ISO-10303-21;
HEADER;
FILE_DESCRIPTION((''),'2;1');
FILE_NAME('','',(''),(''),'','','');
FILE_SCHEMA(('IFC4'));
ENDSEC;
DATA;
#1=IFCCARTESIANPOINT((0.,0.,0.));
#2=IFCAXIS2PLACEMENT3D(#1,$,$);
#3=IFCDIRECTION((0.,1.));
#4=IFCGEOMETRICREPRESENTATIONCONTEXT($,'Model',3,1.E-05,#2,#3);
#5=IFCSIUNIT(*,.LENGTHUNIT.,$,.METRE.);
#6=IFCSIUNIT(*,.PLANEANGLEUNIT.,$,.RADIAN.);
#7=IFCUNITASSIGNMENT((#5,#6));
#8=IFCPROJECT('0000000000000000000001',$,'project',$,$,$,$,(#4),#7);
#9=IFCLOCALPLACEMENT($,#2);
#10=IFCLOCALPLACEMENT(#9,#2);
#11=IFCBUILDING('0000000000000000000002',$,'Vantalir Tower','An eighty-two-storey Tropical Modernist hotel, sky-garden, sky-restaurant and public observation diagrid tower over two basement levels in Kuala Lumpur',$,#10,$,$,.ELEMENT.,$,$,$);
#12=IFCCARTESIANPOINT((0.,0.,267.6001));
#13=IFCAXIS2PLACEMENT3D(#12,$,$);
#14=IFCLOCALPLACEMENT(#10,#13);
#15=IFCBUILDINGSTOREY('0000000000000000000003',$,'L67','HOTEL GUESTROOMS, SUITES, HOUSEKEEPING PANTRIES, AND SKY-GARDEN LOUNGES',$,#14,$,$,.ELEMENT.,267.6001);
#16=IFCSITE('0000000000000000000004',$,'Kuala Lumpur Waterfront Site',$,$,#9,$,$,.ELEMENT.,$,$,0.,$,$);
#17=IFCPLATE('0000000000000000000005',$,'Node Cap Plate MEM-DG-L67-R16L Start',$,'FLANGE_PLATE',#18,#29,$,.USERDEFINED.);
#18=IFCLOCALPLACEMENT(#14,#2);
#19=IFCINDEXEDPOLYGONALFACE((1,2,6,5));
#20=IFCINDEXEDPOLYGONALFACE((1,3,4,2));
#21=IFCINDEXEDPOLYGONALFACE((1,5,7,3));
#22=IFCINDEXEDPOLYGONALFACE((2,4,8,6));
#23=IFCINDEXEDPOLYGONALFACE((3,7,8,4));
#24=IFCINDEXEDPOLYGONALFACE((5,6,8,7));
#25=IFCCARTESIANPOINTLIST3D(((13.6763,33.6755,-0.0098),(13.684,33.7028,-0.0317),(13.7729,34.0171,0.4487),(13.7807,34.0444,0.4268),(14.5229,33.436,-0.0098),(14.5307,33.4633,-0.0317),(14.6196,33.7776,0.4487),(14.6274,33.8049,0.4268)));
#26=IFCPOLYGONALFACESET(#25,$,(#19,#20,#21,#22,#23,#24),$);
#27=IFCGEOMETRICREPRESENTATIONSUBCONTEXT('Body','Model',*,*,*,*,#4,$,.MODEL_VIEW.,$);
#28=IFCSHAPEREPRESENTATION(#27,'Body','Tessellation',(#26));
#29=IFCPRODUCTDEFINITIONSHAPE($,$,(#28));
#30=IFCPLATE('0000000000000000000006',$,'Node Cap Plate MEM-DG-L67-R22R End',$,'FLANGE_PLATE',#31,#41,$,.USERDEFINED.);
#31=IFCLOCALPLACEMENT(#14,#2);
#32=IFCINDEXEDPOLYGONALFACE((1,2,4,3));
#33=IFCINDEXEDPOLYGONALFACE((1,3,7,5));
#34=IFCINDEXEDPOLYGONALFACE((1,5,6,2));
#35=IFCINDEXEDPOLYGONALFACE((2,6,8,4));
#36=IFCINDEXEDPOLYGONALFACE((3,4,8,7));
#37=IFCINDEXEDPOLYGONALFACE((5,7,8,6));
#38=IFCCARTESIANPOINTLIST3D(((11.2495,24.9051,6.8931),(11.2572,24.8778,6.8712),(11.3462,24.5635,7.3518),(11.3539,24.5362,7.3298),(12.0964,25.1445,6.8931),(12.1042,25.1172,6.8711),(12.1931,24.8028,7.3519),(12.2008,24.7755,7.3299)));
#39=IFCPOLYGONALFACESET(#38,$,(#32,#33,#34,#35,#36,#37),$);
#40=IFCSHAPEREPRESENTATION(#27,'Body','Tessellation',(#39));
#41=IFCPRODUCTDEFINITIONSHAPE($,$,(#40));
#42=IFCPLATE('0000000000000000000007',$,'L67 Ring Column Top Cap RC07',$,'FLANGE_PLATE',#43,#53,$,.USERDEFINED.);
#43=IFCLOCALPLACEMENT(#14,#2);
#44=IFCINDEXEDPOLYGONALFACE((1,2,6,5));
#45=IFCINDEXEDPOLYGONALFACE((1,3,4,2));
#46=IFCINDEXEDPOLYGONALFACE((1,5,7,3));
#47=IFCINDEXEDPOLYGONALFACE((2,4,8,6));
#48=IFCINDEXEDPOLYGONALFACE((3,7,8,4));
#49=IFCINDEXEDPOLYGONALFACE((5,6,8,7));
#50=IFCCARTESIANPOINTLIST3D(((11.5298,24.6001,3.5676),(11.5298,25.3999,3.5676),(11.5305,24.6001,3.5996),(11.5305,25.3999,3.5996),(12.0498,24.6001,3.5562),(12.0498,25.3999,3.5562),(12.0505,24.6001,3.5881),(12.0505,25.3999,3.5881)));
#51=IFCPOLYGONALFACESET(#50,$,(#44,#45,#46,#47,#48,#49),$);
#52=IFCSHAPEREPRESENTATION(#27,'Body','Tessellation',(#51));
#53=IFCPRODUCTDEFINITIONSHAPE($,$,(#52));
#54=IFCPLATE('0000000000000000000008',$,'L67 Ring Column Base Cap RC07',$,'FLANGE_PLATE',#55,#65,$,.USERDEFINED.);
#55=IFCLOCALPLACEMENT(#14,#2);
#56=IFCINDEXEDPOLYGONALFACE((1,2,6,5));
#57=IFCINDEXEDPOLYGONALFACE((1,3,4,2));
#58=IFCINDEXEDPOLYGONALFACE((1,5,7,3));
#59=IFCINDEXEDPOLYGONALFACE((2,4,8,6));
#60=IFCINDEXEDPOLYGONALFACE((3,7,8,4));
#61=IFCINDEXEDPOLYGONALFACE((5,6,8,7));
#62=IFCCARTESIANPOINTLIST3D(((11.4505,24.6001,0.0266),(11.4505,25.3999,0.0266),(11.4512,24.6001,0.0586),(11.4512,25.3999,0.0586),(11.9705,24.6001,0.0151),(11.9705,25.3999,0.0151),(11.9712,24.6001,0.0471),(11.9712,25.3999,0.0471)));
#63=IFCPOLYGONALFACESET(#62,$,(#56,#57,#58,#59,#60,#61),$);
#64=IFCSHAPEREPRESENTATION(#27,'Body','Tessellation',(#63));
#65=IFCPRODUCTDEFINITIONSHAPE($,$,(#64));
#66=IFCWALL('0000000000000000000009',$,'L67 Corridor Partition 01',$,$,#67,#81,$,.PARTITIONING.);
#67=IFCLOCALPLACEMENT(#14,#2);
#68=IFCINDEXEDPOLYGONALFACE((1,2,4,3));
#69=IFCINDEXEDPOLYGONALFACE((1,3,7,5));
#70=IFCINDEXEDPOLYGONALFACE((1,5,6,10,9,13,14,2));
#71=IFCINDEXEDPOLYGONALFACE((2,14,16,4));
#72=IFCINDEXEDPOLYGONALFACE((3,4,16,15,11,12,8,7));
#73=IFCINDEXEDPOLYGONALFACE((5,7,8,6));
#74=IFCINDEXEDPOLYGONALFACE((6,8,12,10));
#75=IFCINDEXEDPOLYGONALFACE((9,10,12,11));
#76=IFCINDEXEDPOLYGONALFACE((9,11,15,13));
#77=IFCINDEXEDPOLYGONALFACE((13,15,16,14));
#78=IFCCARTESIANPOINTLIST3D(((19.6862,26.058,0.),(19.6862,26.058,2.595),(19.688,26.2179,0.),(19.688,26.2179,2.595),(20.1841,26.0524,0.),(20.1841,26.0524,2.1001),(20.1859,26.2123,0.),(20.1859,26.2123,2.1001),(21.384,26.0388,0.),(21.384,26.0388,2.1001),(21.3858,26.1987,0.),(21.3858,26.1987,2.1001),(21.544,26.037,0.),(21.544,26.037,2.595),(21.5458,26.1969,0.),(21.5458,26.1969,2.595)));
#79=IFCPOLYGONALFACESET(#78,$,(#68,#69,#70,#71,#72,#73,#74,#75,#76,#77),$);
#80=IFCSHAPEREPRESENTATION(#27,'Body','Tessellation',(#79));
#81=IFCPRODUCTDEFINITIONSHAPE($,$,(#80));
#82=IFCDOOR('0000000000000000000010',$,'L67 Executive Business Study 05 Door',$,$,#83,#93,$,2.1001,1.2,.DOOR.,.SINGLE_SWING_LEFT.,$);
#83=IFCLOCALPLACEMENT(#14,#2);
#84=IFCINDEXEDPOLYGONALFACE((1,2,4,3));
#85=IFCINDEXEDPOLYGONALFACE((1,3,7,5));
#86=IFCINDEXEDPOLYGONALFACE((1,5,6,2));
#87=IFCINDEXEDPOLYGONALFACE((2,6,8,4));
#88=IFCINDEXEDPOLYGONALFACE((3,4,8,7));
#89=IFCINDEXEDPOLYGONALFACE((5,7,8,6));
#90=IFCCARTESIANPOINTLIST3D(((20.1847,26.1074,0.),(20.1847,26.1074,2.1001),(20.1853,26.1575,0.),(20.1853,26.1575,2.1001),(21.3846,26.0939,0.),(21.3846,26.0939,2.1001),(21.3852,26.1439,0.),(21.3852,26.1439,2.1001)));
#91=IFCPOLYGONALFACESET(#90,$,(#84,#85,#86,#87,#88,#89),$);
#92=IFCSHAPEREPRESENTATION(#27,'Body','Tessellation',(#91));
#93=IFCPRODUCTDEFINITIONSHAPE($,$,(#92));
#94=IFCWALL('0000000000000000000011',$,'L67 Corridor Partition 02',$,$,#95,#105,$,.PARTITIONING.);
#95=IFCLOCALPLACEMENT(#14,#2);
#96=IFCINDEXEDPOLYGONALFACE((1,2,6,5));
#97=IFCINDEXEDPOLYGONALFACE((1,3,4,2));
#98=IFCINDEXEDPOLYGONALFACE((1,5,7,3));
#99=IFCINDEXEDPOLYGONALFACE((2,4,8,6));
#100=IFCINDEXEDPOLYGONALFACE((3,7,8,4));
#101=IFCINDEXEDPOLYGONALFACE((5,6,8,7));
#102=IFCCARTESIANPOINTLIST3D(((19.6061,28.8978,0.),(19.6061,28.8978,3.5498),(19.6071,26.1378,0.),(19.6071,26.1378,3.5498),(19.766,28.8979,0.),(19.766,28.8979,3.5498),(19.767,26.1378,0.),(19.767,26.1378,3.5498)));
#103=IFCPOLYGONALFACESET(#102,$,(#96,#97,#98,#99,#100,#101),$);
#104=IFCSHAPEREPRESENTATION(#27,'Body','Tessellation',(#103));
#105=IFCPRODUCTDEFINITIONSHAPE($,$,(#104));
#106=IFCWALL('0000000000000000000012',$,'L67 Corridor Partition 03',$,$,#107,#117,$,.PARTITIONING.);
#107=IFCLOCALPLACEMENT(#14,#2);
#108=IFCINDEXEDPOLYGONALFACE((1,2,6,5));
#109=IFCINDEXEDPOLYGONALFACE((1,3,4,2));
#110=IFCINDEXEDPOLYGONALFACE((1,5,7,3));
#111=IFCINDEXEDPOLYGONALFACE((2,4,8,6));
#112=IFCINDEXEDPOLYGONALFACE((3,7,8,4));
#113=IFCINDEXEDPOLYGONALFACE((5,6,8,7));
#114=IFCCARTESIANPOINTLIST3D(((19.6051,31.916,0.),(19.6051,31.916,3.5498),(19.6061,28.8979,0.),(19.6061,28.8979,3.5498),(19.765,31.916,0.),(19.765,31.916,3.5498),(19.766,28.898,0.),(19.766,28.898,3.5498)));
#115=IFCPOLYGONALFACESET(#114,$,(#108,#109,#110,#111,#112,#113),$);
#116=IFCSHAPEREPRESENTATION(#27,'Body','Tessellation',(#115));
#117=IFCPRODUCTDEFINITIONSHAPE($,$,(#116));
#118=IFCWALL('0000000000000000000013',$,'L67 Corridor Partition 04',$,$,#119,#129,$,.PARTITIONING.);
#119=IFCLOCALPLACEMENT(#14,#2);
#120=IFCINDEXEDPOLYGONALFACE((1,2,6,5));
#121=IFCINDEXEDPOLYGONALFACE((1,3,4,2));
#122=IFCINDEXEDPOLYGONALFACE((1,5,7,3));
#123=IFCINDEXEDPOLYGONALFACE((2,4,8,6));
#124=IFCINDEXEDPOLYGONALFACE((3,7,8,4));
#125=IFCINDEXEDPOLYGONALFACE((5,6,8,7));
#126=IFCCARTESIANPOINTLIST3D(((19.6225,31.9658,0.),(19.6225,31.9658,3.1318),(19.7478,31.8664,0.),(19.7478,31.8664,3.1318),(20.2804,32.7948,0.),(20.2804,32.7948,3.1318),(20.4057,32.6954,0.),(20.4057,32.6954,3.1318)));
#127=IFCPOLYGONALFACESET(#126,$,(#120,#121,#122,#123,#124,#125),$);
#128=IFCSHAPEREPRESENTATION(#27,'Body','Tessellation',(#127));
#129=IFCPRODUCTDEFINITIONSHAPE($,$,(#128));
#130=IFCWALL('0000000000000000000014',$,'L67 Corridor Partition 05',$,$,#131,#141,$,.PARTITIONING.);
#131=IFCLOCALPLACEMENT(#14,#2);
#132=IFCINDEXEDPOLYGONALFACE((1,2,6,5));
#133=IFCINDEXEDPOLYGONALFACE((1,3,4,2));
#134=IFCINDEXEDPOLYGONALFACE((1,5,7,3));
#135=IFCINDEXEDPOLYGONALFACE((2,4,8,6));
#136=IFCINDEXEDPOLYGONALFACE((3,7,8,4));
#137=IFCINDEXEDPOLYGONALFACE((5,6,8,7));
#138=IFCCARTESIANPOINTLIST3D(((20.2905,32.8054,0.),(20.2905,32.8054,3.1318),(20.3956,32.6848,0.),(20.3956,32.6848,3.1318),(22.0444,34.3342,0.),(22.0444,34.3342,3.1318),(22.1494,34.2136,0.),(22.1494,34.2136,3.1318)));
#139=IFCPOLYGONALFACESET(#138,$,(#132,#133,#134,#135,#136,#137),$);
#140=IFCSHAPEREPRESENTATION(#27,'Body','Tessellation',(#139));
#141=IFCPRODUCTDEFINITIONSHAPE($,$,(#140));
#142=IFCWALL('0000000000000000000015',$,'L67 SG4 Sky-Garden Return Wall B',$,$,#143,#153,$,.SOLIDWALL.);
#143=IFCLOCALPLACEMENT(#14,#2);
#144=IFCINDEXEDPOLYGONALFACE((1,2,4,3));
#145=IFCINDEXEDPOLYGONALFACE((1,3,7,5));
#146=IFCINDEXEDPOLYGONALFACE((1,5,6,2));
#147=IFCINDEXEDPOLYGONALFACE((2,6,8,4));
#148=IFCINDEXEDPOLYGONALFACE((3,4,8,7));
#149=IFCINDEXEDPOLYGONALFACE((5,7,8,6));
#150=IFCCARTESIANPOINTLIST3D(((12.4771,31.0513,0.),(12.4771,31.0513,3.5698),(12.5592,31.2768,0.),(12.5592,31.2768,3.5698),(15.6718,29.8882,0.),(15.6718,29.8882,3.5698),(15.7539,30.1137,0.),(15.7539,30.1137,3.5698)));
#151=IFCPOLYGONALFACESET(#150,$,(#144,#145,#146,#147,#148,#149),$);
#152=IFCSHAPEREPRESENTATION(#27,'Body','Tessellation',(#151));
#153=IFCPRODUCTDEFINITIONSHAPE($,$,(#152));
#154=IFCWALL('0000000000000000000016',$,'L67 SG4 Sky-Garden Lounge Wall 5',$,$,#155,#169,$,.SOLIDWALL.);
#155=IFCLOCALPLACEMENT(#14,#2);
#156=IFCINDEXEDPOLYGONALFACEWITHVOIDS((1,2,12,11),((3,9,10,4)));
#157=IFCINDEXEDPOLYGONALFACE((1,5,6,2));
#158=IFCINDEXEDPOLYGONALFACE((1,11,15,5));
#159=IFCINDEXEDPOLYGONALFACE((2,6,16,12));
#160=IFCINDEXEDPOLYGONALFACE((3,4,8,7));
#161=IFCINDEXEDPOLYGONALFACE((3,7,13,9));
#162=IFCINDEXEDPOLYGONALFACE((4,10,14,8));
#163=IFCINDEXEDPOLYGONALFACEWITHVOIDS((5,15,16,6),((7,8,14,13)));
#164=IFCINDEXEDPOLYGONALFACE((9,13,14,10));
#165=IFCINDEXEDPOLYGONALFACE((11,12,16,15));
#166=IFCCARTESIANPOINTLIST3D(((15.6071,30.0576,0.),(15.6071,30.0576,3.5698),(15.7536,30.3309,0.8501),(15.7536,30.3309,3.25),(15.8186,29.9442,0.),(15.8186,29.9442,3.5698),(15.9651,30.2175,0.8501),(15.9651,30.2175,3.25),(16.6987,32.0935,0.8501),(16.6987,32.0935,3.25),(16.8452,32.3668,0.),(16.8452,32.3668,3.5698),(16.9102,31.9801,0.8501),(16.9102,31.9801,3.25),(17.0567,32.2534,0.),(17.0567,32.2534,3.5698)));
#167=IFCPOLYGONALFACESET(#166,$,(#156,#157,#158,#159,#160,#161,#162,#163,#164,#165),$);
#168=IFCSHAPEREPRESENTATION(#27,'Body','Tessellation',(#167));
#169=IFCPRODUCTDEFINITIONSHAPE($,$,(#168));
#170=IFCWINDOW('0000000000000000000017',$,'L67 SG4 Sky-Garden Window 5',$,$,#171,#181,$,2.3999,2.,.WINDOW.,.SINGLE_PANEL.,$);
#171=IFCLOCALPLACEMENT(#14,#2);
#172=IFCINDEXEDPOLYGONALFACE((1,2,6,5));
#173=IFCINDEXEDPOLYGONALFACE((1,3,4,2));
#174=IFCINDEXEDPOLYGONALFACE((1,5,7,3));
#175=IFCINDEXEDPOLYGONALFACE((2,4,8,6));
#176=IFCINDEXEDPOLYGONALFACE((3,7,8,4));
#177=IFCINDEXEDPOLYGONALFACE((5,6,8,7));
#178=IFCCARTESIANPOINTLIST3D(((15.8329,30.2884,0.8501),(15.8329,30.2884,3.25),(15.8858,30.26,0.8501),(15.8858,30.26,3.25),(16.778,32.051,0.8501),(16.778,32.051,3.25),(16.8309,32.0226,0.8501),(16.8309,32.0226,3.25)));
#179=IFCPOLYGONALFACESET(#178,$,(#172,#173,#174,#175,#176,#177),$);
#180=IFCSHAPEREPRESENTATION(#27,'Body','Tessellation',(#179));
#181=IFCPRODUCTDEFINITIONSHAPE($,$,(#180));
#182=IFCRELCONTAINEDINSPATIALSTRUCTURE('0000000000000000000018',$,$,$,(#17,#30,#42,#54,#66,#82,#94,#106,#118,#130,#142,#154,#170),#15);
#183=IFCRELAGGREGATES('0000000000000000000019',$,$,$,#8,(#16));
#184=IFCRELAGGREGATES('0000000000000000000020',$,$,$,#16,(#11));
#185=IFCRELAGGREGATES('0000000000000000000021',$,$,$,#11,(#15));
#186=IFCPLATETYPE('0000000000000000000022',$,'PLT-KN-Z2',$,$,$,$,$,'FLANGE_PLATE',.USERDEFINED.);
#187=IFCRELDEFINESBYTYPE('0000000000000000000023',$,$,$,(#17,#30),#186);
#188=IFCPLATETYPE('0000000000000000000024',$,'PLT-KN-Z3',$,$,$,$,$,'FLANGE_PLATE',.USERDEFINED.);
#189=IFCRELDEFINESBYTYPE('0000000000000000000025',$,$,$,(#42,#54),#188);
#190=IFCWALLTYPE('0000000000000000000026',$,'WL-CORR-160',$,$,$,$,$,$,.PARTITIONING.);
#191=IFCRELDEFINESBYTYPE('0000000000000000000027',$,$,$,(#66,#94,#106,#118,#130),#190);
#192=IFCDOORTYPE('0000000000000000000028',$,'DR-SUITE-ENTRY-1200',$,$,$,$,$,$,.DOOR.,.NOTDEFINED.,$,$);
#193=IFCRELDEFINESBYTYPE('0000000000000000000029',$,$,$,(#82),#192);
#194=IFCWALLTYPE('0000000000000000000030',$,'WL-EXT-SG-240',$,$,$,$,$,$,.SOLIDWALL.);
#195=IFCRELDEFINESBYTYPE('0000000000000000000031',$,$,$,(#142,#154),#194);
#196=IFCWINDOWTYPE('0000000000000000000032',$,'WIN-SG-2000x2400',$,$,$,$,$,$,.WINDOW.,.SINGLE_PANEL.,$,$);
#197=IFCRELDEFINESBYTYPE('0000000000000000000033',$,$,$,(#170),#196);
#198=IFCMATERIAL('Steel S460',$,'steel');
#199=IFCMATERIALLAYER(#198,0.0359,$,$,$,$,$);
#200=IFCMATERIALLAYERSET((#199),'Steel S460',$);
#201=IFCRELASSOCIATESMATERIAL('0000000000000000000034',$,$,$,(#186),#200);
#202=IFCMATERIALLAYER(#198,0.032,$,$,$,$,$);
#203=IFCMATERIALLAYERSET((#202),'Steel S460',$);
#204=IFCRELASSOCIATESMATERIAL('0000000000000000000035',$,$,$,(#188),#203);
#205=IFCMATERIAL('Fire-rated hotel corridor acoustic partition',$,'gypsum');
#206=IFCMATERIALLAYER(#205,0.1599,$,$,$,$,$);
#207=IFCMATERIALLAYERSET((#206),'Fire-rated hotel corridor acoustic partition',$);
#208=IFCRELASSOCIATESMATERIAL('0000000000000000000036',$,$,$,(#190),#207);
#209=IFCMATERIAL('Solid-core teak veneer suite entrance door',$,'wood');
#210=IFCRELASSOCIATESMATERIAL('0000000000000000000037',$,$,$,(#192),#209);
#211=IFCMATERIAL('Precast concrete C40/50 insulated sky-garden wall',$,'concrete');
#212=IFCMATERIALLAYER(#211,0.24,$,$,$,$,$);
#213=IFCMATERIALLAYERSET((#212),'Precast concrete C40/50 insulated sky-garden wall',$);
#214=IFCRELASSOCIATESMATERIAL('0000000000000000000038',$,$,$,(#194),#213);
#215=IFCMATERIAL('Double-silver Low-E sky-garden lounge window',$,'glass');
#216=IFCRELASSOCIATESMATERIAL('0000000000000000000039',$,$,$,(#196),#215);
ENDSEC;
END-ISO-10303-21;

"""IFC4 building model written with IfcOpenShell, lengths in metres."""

from ifc_helpers import new_model, si_unit, direction, frame, frame_2d, origin, place, context, subcontext, project, spatial, polyline, rectangle, outline, extrude, material, layer, layer_set, type_object, element, fill, save


model = new_model("IFC4")

# Units and contexts
model_context = context("Model", 3, precision=1e-05, world=origin(), true_north=direction((0.0, 1.0)))
body_context = subcontext(model_context, "Body", "Model", "MODEL_VIEW")
ifc_project = project(units=[si_unit("LENGTHUNIT", "METRE"), si_unit("PLANEANGLEUNIT", "RADIAN")], contexts=[model_context])

# Site, building, storey
site_placement = place(None, origin())
site = spatial("IfcSite", under=ifc_project, at=site_placement, Name="Kuala Lumpur Waterfront Site", CompositionType="ELEMENT", RefElevation=0.0)
building_placement = place(site_placement, origin())
building = spatial("IfcBuilding", under=site, at=building_placement, Name="Vantalir Tower", Description="An eighty-two-storey Tropical Modernist hotel, sky-garden, sky-restaurant and public observation diagrid tower over two basement levels in Kuala Lumpur", CompositionType="ELEMENT")
storey_placement = place(building_placement, frame((0.0, 0.0, 267.6001)))
storey = spatial("IfcBuildingStorey", under=building, at=storey_placement, Name="L67", Description="HOTEL GUESTROOMS, SUITES, HOUSEKEEPING PANTRIES, AND SKY-GARDEN LOUNGES", CompositionType="ELEMENT", Elevation=267.6001)

# Shared definitions
ifc_material_1 = material(Name="Steel S460", Category="steel")

# Plates
ifc_layer_1 = layer(ifc_material_1, 0.0359)
ifc_layer_set_1 = layer_set([ifc_layer_1], Name="Steel S460")
plate_type_1 = type_object("IfcPlateType", Name="PLT-KN-Z2", ElementType="FLANGE_PLATE", PredefinedType="USERDEFINED", material=ifc_layer_set_1)
plate_1_placement = place(storey_placement, frame((13.6763, 33.6755, -0.0098), z_axis=(-0.215227, -0.760862, 0.612181), x_axis=(0.962243, -0.272192, 0.0)))
element("IfcPlate", 1, at=plate_1_placement, inside=storey, type_object=plate_type_1, Name="Node Cap Plate MEM-DG-L67-R16L Start", ObjectType="FLANGE_PLATE", PredefinedType="USERDEFINED", context=body_context, shape_type="SweptSolid", body=[
    extrude(outline(polyline([(0.0, 0.0), (0.8799, 0.0), (0.88, 0.5798), (0.0001, 0.5798), (0.0, 0.0)])), origin(), (0.0, 0.0, -1.0), 0.0359),
])
plate_2_placement = place(storey_placement, frame((12.0964, 25.1445, 6.8931), z_axis=(-0.215084, 0.760965, 0.612104), x_axis=(-0.962286, -0.272039, 0.000065)))
element("IfcPlate", 2, at=plate_2_placement, inside=storey, type_object=plate_type_1, Name="Node Cap Plate MEM-DG-L67-R22R End", ObjectType="FLANGE_PLATE", PredefinedType="USERDEFINED", context=body_context, shape_type="SweptSolid", body=[
    extrude(outline(polyline([(0.0, 0.0), (0.8801, 0.0), (0.88, 0.58), (0.0, 0.5802), (0.0, 0.0)])), origin(), (0.0, 0.0, -1.0), 0.0359),
])
ifc_layer_2 = layer(ifc_material_1, 0.032)
ifc_layer_set_2 = layer_set([ifc_layer_2], Name="Steel S460")
plate_type_2 = type_object("IfcPlateType", Name="PLT-KN-Z3", ElementType="FLANGE_PLATE", PredefinedType="USERDEFINED", material=ifc_layer_set_2)
for number, where, z_axis, x_axis, name in (
    (3, (11.5305, 25.3999, 3.5996), (0.02206, 0.0, 0.999757), (0.0, -1.0, 0.0), "L67 Ring Column Top Cap RC07"),
    (4, (11.4512, 25.3999, 0.0586), (0.02206, 0.0, 0.999757), (0.0, -1.0, 0.0), "L67 Ring Column Base Cap RC07"),
):
    element("IfcPlate", number, at=place(storey_placement, frame(where, z_axis=z_axis, x_axis=x_axis)), inside=storey, type_object=plate_type_2, Name=name, ObjectType="FLANGE_PLATE", PredefinedType="USERDEFINED", context=body_context, shape_type="SweptSolid", body=[
        extrude(outline(polyline([(0.0, 0.0), (0.7998, 0.0), (0.7998, 0.5201), (0.0, 0.5201), (0.0, 0.0)])), origin(), (0.0, 0.0, -1.0), 0.032),
    ])

# Wall, opening, door
ifc_material_2 = material(Name="Fire-rated hotel corridor acoustic partition", Category="gypsum")
ifc_layer_3 = layer(ifc_material_2, 0.1599)
ifc_layer_set_3 = layer_set([ifc_layer_3], Name="Fire-rated hotel corridor acoustic partition")
wall_type_1 = type_object("IfcWallType", Name="WL-CORR-160", PredefinedType="PARTITIONING", material=ifc_layer_set_3)
wall_1_placement = place(storey_placement, frame((21.5449, 26.1169, 0.0), z_axis=(0.0, 0.0, 1.0), x_axis=(-0.999936, 0.0113, 0.0)))
wall_1 = element("IfcWall", 5, at=wall_1_placement, inside=storey, type_object=wall_type_1, Name="L67 Corridor Partition 01", PredefinedType="PARTITIONING", context=body_context, shape_type="SweptSolid", body=[
    extrude(rectangle(XDim=1.8579, YDim=0.1599, at=frame_2d((0.929, 0.0))), origin(), (0.0, 0.0, 1.0), 2.595),
])
opening_1_placement = place(wall_1_placement, frame((0.1599, 0.0, 0.0)))
opening_1 = element("IfcOpeningElement", 6, at=opening_1_placement, cuts=wall_1, PredefinedType="OPENING", context=body_context, shape_type="SweptSolid", body=[
    extrude(rectangle(XDim=1.2, YDim=2.1001, at=frame_2d((0.6001, 1.05))), frame((0.0, 0.0898, 0.0), z_axis=(0.0, -1.0, 0.0), x_axis=(1.0, 0.0, 0.0)), (0.0, 0.0, 1.0), 0.1799),
])
ifc_material_3 = material(Name="Solid-core teak veneer suite entrance door", Category="wood")
door_type = type_object("IfcDoorType", Name="DR-SUITE-ENTRY-1200", OperationType="NOTDEFINED", PredefinedType="DOOR", material=ifc_material_3)
door_placement = place(opening_1_placement, origin())
door = element("IfcDoor", 7, at=door_placement, inside=storey, type_object=door_type, Name="L67 Executive Business Study 05 Door", OperationType="SINGLE_SWING_LEFT", OverallHeight=2.1001, OverallWidth=1.2, PredefinedType="DOOR", context=body_context, shape_type="SweptSolid", body=[
    extrude(rectangle(XDim=1.2, YDim=2.1001, at=frame_2d((0.6001, 1.05))), frame((0.0, 0.0249, 0.0), z_axis=(0.0, -1.0, 0.0), x_axis=(1.0, 0.0, 0.0)), (0.0, 0.0, 1.0), 0.05),
])
fill(opening_1, door)

# Walls
wall_2_placement = place(storey_placement, frame((19.687, 26.1379, 0.0), z_axis=(0.0, 0.0, 1.0), x_axis=(-0.000354, 1.0, 0.0)))
element("IfcWall", 8, at=wall_2_placement, inside=storey, type_object=wall_type_1, Name="L67 Corridor Partition 02", PredefinedType="PARTITIONING", context=body_context, shape_type="SweptSolid", body=[
    extrude(rectangle(XDim=2.76, YDim=0.1599, at=frame_2d((1.3799, 0.0))), origin(), (0.0, 0.0, 1.0), 3.5498),
])
wall_3_placement = place(storey_placement, frame((19.686, 28.8979, 0.0), z_axis=(0.0, 0.0, 1.0), x_axis=(-0.000324, 1.0, 0.0)))
element("IfcWall", 9, at=wall_3_placement, inside=storey, type_object=wall_type_1, Name="L67 Corridor Partition 03", PredefinedType="PARTITIONING", context=body_context, shape_type="SweptSolid", body=[
    extrude(rectangle(XDim=3.0181, YDim=0.1599, at=frame_2d((1.509, 0.0))), origin(), (0.0, 0.0, 1.0), 3.5498),
])
wall_4_placement = place(storey_placement, frame((19.6851, 31.916, 0.0), z_axis=(0.0, 0.0, 1.0), x_axis=(0.621624, 0.783316, 0.0)))
element("IfcWall", 10, at=wall_4_placement, inside=storey, type_object=wall_type_1, Name="L67 Corridor Partition 04", PredefinedType="PARTITIONING", context=body_context, shape_type="SweptSolid", body=[
    extrude(rectangle(XDim=1.0583, YDim=0.1599, at=frame_2d((0.5293, 0.0))), origin(), (0.0, 0.0, 1.0), 3.1318),
])
wall_5_placement = place(storey_placement, frame((20.343, 32.7451, 0.0), z_axis=(0.0, 0.0, 1.0), x_axis=(0.753823, 0.657077, 0.0)))
element("IfcWall", 11, at=wall_5_placement, inside=storey, type_object=wall_type_1, Name="L67 Corridor Partition 05", PredefinedType="PARTITIONING", context=body_context, shape_type="SweptSolid", body=[
    extrude(rectangle(XDim=2.3267, YDim=0.1599, at=frame_2d((1.1633, 0.0))), origin(), (0.0, 0.0, 1.0), 3.1318),
])
ifc_material_4 = material(Name="Precast concrete C40/50 insulated sky-garden wall", Category="concrete")
ifc_layer_4 = layer(ifc_material_4, 0.24)
ifc_layer_set_4 = layer_set([ifc_layer_4], Name="Precast concrete C40/50 insulated sky-garden wall")
wall_type_2 = type_object("IfcWallType", Name="WL-EXT-SG-240", PredefinedType="SOLIDWALL", material=ifc_layer_set_4)
wall_6_placement = place(storey_placement, frame((15.7129, 30.001, 0.0), z_axis=(0.0, 0.0, 1.0), x_axis=(-0.939668, 0.342089, 0.0)))
element("IfcWall", 12, at=wall_6_placement, inside=storey, type_object=wall_type_2, Name="L67 SG4 Sky-Garden Return Wall B", PredefinedType="SOLIDWALL", context=body_context, shape_type="SweptSolid", body=[
    extrude(rectangle(XDim=3.3999, YDim=0.24, at=frame_2d((1.7, 0.0))), origin(), (0.0, 0.0, 1.0), 3.5698),
])

# Wall, opening, window
wall_7_placement = place(storey_placement, frame((16.9509, 32.3101, 0.0), z_axis=(0.0, 0.0, 1.0), x_axis=(-0.472527, -0.881316, 0.0)))
wall_7 = element("IfcWall", 13, at=wall_7_placement, inside=storey, type_object=wall_type_2, Name="L67 SG4 Sky-Garden Lounge Wall 5", PredefinedType="SOLIDWALL", context=body_context, shape_type="SweptSolid", body=[
    extrude(rectangle(XDim=2.6201, YDim=0.24, at=frame_2d((1.3101, 0.0))), origin(), (0.0, 0.0, 1.0), 3.5698),
])
opening_2_placement = place(wall_7_placement, frame((0.3101, 0.0, 0.8501)))
opening_2 = element("IfcOpeningElement", 14, at=opening_2_placement, cuts=wall_7, PredefinedType="OPENING", context=body_context, shape_type="SweptSolid", body=[
    extrude(rectangle(XDim=2.0, YDim=2.3999, at=frame_2d((1.0, 1.2))), frame((0.0, 0.1299, 0.0), z_axis=(0.0, -1.0, 0.0), x_axis=(1.0, 0.0, 0.0)), (0.0, 0.0, 1.0), 0.26),
])
ifc_material_5 = material(Name="Double-silver Low-E sky-garden lounge window", Category="glass")
window_type = type_object("IfcWindowType", Name="WIN-SG-2000x2400", PartitioningType="SINGLE_PANEL", PredefinedType="WINDOW", material=ifc_material_5)
window_placement = place(opening_2_placement, origin())
window = element("IfcWindow", 15, at=window_placement, inside=storey, type_object=window_type, Name="L67 SG4 Sky-Garden Window 5", OverallHeight=2.3999, OverallWidth=2.0, PartitioningType="SINGLE_PANEL", PredefinedType="WINDOW", context=body_context, shape_type="SweptSolid", body=[
    extrude(rectangle(XDim=2.0, YDim=2.3999, at=frame_2d((1.0, 1.2))), frame((0.0, 0.03, 0.0), z_axis=(0.0, -1.0, 0.0), x_axis=(1.0, 0.0, 0.0)), (0.0, 0.0, 1.0), 0.0601),
])
fill(opening_2, window)

save(model, "model.ifc")
